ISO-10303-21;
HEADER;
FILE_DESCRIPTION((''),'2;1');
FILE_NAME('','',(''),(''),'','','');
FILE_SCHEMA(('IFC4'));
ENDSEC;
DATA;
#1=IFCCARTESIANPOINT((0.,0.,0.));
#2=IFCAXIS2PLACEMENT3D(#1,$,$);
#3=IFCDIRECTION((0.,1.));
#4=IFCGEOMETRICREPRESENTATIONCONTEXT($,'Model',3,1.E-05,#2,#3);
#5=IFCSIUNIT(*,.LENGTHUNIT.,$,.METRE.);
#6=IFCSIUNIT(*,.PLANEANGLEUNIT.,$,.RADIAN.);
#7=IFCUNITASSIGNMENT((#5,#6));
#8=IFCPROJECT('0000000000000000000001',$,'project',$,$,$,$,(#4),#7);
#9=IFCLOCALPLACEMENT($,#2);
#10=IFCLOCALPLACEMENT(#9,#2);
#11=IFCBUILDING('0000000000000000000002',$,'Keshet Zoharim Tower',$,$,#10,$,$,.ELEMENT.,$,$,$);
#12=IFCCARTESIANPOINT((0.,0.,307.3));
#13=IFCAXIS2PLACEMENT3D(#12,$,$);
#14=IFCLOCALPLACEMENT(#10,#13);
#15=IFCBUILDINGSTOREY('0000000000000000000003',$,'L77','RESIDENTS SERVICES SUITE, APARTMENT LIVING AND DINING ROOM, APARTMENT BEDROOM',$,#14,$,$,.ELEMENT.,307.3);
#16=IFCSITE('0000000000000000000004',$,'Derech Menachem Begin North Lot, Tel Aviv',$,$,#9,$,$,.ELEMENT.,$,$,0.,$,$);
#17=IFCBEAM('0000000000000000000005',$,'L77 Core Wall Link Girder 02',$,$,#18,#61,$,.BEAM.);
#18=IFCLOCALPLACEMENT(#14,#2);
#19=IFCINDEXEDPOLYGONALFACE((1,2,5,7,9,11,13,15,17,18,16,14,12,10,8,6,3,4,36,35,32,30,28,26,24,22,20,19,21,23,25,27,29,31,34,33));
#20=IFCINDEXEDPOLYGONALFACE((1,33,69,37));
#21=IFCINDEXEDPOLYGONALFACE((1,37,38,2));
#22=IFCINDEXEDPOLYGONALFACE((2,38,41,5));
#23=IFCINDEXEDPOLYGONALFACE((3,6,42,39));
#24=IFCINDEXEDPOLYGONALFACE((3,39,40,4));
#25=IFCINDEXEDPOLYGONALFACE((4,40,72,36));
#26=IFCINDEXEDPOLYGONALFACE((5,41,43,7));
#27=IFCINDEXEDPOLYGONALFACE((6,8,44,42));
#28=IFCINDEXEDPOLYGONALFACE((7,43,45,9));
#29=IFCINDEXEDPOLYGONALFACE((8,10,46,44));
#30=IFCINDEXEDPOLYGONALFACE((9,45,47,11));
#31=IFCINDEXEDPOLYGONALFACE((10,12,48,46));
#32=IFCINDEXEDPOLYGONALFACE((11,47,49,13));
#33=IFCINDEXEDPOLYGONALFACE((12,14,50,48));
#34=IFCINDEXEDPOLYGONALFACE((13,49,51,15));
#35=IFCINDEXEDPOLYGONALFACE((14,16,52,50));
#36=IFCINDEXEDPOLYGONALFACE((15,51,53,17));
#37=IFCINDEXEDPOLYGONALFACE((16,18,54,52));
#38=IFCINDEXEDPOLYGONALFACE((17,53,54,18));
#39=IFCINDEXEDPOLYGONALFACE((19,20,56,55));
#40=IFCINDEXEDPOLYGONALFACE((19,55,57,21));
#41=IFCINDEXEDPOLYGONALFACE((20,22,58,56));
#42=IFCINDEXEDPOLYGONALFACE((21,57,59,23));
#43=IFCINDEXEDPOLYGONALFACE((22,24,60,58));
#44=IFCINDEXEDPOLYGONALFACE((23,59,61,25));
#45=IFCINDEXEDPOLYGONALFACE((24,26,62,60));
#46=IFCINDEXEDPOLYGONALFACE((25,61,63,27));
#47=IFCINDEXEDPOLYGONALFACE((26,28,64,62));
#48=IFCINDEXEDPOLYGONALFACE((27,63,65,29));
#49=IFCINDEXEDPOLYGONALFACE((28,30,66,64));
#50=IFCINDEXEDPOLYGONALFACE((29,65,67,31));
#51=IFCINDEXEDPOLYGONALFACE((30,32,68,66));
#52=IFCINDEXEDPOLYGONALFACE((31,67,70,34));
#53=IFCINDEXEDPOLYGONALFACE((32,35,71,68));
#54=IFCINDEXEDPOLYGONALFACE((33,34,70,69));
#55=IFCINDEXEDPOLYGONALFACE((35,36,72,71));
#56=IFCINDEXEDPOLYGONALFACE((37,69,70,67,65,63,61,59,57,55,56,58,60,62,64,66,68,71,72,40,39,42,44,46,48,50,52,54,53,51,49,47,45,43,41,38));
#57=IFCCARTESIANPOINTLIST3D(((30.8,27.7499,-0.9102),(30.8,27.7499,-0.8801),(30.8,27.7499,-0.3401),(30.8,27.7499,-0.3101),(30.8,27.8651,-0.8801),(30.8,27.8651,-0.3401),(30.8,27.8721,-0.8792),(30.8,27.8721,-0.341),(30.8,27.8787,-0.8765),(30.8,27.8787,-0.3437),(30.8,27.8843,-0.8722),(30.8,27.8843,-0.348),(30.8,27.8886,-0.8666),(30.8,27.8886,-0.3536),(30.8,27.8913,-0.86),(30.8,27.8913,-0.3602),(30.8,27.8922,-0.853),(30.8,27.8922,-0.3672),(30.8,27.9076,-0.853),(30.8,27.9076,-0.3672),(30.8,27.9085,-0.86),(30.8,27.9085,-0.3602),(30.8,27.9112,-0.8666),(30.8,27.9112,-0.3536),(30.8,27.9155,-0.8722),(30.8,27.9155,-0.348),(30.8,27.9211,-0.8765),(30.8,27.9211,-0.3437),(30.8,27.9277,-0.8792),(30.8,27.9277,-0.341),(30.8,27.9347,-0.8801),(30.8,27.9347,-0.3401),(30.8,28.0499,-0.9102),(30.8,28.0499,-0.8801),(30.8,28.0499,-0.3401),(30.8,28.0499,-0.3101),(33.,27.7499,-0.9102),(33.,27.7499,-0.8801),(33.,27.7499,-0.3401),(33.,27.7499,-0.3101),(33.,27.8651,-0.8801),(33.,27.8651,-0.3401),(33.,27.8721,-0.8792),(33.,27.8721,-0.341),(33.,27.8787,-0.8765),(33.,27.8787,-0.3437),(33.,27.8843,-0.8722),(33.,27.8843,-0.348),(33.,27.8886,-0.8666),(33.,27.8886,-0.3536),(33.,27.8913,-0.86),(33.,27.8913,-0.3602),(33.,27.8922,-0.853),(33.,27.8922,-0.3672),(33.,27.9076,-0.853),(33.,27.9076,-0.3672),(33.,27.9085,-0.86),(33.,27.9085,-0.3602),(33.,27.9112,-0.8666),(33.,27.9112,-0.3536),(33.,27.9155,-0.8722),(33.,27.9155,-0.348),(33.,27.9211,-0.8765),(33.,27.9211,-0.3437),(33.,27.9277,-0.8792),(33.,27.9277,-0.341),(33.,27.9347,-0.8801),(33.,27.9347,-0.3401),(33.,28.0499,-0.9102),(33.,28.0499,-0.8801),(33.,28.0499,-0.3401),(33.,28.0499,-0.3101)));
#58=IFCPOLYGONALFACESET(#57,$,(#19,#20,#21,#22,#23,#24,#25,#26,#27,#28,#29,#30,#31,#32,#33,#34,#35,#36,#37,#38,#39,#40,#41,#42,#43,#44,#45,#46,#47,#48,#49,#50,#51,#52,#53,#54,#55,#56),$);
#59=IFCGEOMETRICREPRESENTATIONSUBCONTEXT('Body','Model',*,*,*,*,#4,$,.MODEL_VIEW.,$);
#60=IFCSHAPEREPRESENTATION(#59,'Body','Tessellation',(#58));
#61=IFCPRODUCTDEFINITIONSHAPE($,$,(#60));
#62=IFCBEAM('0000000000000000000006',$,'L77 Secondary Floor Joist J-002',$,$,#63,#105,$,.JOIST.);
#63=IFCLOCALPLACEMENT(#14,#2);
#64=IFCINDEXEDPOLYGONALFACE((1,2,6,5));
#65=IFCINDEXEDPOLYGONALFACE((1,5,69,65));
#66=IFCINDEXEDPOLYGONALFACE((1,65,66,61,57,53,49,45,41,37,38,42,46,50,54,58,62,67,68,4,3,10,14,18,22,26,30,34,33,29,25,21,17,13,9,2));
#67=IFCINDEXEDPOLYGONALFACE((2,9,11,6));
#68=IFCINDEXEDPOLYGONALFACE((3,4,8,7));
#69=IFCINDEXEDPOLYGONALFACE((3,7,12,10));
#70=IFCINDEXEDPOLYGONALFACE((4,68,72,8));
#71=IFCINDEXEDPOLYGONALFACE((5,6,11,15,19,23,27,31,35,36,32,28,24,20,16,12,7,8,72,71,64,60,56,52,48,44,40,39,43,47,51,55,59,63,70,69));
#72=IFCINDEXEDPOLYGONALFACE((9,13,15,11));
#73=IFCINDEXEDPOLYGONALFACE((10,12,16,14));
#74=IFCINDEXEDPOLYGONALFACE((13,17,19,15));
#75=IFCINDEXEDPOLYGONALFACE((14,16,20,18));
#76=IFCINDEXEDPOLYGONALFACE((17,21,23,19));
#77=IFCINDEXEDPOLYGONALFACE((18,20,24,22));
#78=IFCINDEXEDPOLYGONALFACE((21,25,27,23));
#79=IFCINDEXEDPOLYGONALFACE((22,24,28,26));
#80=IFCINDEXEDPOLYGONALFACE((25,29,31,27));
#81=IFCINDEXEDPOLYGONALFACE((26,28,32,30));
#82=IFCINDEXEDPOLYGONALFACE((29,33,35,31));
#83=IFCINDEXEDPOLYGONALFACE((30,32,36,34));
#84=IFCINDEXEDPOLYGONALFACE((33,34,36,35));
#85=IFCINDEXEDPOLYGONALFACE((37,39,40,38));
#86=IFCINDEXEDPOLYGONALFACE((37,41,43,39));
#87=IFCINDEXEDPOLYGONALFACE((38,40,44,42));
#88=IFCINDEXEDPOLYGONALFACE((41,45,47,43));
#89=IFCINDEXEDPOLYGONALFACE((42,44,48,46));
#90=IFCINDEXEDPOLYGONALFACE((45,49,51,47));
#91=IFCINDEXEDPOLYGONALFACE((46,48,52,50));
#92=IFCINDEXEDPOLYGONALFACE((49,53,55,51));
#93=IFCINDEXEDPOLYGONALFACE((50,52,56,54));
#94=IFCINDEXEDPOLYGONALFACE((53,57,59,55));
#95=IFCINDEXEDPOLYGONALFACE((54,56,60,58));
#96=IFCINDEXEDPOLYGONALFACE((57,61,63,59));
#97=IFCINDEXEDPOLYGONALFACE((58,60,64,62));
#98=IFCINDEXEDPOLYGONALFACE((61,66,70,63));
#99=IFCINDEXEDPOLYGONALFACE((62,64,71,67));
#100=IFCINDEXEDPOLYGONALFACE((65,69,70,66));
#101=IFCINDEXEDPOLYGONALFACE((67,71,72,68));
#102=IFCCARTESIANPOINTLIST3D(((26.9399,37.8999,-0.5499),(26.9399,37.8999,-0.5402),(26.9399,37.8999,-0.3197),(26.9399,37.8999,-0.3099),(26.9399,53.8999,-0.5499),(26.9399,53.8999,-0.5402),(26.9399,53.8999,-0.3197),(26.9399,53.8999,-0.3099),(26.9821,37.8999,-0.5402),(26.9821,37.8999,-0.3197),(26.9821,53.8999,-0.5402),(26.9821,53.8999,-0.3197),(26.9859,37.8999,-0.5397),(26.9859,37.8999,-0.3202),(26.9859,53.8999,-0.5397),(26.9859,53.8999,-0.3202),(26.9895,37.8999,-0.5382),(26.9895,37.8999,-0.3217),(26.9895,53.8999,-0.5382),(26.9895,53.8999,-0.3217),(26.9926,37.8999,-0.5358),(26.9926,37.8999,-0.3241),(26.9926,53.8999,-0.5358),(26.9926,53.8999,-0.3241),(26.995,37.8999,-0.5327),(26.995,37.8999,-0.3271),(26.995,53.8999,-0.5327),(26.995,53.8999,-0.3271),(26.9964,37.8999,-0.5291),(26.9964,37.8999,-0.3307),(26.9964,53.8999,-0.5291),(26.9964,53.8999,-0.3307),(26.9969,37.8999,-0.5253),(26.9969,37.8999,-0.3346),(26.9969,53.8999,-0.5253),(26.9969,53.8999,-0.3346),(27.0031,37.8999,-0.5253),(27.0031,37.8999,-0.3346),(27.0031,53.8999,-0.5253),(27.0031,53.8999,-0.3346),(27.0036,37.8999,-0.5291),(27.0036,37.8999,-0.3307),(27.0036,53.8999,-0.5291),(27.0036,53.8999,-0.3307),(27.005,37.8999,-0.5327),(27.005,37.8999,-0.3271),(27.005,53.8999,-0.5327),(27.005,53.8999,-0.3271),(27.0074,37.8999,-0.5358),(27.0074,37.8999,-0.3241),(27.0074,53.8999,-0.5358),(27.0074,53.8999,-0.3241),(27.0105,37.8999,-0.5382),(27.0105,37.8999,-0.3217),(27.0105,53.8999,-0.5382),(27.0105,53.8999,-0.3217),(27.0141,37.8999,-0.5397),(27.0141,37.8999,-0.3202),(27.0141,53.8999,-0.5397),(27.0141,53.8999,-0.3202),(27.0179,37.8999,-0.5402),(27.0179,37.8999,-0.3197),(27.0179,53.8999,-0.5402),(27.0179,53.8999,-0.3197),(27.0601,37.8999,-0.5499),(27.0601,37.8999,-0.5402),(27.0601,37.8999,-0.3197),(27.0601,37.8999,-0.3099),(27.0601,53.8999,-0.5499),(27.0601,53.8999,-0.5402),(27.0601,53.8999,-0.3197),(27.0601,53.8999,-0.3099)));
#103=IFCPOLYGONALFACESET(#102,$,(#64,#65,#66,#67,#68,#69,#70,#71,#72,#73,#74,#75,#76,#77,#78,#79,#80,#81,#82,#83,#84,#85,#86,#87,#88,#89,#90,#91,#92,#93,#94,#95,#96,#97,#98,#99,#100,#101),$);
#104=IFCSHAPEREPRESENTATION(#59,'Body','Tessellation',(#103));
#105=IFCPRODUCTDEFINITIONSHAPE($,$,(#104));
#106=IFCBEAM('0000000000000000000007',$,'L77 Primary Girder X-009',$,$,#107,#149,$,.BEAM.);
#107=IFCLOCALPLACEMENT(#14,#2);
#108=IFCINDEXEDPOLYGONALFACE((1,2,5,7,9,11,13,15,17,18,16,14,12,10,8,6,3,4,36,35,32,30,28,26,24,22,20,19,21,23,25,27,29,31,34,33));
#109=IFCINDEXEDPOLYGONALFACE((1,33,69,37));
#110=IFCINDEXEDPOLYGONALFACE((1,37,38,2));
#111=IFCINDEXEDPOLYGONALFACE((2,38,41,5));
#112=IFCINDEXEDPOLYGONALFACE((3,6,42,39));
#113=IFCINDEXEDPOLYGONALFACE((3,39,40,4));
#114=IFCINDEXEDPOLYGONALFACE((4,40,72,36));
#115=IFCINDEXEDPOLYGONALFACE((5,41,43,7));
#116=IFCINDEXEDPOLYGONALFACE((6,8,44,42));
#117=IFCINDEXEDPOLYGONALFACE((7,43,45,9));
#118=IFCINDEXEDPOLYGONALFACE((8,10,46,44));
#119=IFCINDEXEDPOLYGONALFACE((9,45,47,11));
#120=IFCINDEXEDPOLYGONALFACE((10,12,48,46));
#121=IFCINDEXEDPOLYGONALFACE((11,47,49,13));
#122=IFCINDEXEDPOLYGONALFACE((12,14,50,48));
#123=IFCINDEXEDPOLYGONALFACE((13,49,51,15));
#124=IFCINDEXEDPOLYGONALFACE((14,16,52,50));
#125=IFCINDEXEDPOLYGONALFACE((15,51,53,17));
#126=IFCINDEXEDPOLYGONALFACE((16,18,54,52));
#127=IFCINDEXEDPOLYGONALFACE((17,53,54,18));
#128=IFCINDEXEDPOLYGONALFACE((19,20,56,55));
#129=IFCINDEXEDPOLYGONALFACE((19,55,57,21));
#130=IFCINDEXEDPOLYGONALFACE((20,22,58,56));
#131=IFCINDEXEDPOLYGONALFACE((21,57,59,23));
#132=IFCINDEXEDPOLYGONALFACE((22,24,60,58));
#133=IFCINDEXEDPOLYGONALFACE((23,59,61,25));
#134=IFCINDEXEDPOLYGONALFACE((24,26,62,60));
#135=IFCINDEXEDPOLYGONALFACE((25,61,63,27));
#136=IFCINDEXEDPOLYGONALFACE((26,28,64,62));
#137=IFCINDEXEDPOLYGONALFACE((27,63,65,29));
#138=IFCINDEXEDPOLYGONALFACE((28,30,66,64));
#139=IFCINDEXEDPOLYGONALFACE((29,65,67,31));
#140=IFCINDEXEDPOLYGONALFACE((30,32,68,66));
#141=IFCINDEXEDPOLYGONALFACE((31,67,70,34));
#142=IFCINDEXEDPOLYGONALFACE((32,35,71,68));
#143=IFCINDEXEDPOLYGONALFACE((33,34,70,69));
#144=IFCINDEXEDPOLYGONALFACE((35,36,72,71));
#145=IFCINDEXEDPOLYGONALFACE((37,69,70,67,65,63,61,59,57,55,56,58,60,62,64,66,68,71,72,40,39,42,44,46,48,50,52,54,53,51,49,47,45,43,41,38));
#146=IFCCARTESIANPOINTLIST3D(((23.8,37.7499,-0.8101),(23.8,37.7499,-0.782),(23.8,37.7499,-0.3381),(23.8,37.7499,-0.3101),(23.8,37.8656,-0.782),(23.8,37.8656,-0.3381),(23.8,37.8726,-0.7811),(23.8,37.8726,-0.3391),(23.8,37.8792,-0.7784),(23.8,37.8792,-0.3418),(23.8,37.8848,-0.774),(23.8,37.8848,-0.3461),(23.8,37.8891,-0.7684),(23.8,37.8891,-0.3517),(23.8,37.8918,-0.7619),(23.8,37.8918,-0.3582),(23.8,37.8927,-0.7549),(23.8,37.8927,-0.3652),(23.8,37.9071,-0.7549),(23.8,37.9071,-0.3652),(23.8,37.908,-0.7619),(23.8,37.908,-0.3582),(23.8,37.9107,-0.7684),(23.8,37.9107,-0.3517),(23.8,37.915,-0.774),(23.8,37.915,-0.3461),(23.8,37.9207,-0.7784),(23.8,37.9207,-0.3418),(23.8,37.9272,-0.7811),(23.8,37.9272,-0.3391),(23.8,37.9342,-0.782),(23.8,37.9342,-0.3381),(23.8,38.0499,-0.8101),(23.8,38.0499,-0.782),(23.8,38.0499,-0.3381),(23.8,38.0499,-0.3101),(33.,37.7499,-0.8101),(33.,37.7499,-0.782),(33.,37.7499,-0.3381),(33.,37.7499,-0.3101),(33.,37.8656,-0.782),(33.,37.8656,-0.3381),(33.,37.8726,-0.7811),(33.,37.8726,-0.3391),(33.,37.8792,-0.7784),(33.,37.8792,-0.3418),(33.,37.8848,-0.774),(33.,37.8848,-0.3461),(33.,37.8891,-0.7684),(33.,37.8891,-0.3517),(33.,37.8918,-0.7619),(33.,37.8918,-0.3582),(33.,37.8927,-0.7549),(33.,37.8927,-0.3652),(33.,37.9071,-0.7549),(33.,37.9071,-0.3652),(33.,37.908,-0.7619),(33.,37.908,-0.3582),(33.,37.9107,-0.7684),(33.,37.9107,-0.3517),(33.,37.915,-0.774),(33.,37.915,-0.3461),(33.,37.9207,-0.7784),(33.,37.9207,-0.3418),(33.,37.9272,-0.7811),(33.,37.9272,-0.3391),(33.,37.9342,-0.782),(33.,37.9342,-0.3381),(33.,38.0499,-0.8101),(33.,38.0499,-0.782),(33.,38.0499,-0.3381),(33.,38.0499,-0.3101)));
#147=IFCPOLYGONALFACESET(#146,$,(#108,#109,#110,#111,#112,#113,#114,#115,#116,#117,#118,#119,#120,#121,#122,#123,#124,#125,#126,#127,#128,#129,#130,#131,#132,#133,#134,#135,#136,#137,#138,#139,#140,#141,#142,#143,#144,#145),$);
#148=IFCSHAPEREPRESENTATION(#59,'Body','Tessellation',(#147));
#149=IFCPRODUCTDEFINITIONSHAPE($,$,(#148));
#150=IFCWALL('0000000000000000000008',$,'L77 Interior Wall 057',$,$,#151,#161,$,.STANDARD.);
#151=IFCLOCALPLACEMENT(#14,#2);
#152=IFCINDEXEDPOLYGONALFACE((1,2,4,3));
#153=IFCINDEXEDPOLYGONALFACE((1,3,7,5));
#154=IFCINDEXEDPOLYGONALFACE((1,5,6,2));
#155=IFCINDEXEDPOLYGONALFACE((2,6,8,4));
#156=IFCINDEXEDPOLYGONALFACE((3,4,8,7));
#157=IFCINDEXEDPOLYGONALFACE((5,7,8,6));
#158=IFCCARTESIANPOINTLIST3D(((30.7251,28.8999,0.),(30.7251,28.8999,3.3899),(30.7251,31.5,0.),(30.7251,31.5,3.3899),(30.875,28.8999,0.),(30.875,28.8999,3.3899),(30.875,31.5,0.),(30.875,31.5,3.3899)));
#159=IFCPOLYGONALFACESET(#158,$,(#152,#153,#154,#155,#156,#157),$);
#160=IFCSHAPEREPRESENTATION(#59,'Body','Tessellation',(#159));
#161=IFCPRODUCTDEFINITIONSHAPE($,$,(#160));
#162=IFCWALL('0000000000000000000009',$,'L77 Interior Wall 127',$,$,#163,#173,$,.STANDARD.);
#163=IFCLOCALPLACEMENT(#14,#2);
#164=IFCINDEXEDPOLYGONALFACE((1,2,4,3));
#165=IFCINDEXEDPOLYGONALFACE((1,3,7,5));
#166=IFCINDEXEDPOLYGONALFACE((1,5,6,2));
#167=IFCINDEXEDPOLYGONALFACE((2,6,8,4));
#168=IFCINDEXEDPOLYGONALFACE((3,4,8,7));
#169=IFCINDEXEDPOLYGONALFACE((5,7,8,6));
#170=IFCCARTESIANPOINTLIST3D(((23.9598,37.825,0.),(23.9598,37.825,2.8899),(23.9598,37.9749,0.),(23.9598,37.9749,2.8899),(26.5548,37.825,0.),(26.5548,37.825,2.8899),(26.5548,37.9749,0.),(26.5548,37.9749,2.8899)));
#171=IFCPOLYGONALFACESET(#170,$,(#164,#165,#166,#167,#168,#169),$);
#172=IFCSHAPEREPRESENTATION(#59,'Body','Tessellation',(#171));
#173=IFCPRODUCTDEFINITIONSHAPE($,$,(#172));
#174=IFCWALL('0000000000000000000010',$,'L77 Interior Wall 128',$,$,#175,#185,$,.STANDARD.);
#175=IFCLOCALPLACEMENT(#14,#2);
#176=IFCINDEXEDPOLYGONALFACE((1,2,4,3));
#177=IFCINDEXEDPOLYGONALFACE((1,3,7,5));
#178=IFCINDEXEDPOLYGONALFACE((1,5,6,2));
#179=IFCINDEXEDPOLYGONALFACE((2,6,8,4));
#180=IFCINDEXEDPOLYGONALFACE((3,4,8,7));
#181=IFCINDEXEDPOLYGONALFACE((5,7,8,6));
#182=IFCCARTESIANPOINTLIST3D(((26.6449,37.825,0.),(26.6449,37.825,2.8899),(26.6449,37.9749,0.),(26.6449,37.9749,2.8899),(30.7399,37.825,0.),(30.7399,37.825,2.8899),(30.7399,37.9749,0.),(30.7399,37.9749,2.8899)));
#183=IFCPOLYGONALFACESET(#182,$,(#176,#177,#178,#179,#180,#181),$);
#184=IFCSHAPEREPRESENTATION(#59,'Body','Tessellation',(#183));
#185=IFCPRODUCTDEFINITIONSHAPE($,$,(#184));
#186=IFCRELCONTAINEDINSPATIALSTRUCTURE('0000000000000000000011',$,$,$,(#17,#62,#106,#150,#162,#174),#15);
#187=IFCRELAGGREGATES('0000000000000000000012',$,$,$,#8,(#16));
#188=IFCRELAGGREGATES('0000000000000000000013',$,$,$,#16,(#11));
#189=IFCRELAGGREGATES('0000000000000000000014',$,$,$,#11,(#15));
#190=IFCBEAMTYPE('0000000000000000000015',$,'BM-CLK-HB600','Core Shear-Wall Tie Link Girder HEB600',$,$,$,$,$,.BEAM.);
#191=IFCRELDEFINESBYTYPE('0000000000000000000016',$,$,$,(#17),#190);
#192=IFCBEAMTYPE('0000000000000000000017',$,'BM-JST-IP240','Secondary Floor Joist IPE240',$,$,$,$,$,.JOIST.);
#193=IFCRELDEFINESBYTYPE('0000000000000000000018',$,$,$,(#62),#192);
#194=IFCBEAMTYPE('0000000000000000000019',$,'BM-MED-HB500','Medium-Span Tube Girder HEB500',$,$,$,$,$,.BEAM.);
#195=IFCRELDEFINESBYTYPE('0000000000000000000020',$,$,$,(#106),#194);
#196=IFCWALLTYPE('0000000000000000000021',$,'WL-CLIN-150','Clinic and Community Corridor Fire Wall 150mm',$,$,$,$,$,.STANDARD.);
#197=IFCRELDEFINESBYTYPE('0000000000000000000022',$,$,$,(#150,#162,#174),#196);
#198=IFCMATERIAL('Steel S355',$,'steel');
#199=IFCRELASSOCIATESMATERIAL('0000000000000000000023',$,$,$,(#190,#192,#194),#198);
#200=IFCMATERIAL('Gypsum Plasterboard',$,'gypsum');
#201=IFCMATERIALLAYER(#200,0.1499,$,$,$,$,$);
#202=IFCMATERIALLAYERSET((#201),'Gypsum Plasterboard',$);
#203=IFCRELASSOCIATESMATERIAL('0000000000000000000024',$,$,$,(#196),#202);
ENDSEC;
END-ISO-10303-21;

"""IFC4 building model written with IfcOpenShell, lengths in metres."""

from ifc_helpers import new_model, si_unit, direction, frame, frame_2d, origin, origin_2d, place, context, subcontext, project, spatial, rectangle, i_section, extrude, material, layer, layer_set, material_profile, profile_set, type_object, element, save


model = new_model("IFC4")

# Units and contexts
model_context = context("Model", 3, precision=1e-05, world=origin(), true_north=direction((0.0, 1.0)))
body_context = subcontext(model_context, "Body", "Model", "MODEL_VIEW")
ifc_project = project(units=[si_unit("LENGTHUNIT", "METRE"), si_unit("PLANEANGLEUNIT", "RADIAN")], contexts=[model_context])

# Site, building, storey
site_placement = place(None, origin())
site = spatial("IfcSite", under=ifc_project, at=site_placement, Name="Derech Menachem Begin North Lot, Tel Aviv", CompositionType="ELEMENT", RefElevation=0.0)
building_placement = place(site_placement, origin())
building = spatial("IfcBuilding", under=site, at=building_placement, Name="Keshet Zoharim Tower", CompositionType="ELEMENT")
storey_placement = place(building_placement, frame((0.0, 0.0, 307.3)))
storey = spatial("IfcBuildingStorey", under=building, at=storey_placement, Name="L77", Description="RESIDENTS SERVICES SUITE, APARTMENT LIVING AND DINING ROOM, APARTMENT BEDROOM", CompositionType="ELEMENT", Elevation=307.3)

# Beams
ifc_material_1 = material(Name="Steel S355", Category="steel")
ifc_material_profile_1 = material_profile(ifc_material_1, i_section(OverallWidth=0.3, OverallDepth=0.6001, WebThickness=0.0154, FlangeThickness=0.03, FilletRadius=0.0271, at=origin_2d()), Name="HEB600")
ifc_profile_set_1 = profile_set([ifc_material_profile_1], Name="Steel S355")
beam_type_1 = type_object("IfcBeamType", Name="BM-CLK-HB600", Description="Core Shear-Wall Tie Link Girder HEB600", PredefinedType="BEAM", material=ifc_profile_set_1)
beam_1_placement = place(storey_placement, frame((30.8, 27.8999, -0.6101), z_axis=(1.0, 0.0, 0.0), x_axis=(0.0, 1.0, 0.0)))
element("IfcBeam", 1, at=beam_1_placement, inside=storey, type_object=beam_type_1, Name="L77 Core Wall Link Girder 02", PredefinedType="BEAM", context=body_context, shape_type="SweptSolid", body=[
    extrude(i_section(OverallWidth=0.3, OverallDepth=0.6001, WebThickness=0.0154, FlangeThickness=0.03, FilletRadius=0.0271, at=origin_2d()), origin(), (0.0, 0.0, 1.0), 2.2),
])
ifc_material_profile_2 = material_profile(ifc_material_1, i_section(OverallWidth=0.1201, OverallDepth=0.24, WebThickness=0.0061, FlangeThickness=0.0098, FilletRadius=0.0149, at=origin_2d()), Name="IPE240")
ifc_profile_set_2 = profile_set([ifc_material_profile_2], Name="Steel S355")
beam_type_2 = type_object("IfcBeamType", Name="BM-JST-IP240", Description="Secondary Floor Joist IPE240", PredefinedType="JOIST", material=ifc_profile_set_2)
beam_2_placement = place(storey_placement, frame((27.0, 37.8999, -0.4299), z_axis=(0.0, 1.0, 0.0), x_axis=(-1.0, 0.0, 0.0)))
element("IfcBeam", 2, at=beam_2_placement, inside=storey, type_object=beam_type_2, Name="L77 Secondary Floor Joist J-002", PredefinedType="JOIST", context=body_context, shape_type="SweptSolid", body=[
    extrude(i_section(OverallWidth=0.1201, OverallDepth=0.24, WebThickness=0.0061, FlangeThickness=0.0098, FilletRadius=0.0149, at=origin_2d()), origin(), (0.0, 0.0, 1.0), 16.0),
])
ifc_material_profile_3 = material_profile(ifc_material_1, i_section(OverallWidth=0.3, OverallDepth=0.5, WebThickness=0.0144, FlangeThickness=0.0281, FilletRadius=0.0271, at=origin_2d()), Name="HEB500")
ifc_profile_set_3 = profile_set([ifc_material_profile_3], Name="Steel S355")
beam_type_3 = type_object("IfcBeamType", Name="BM-MED-HB500", Description="Medium-Span Tube Girder HEB500", PredefinedType="BEAM", material=ifc_profile_set_3)
beam_3_placement = place(storey_placement, frame((23.8, 37.8999, -0.5601), z_axis=(1.0, 0.0, 0.0), x_axis=(0.0, 1.0, 0.0)))
element("IfcBeam", 3, at=beam_3_placement, inside=storey, type_object=beam_type_3, Name="L77 Primary Girder X-009", PredefinedType="BEAM", context=body_context, shape_type="SweptSolid", body=[
    extrude(i_section(OverallWidth=0.3, OverallDepth=0.5, WebThickness=0.0144, FlangeThickness=0.0281, FilletRadius=0.0271, at=origin_2d()), origin(), (0.0, 0.0, 1.0), 9.2),
])

# Walls
ifc_material_2 = material(Name="Gypsum Plasterboard", Category="gypsum")
ifc_layer_1 = layer(ifc_material_2, 0.1499)
ifc_layer_set_1 = layer_set([ifc_layer_1], Name="Gypsum Plasterboard")
wall_type_1 = type_object("IfcWallType", Name="WL-CLIN-150", Description="Clinic and Community Corridor Fire Wall 150mm", PredefinedType="STANDARD", material=ifc_layer_set_1)
wall_1_placement = place(storey_placement, frame((30.8, 28.8999, 0.0), z_axis=(0.0, 0.0, 1.0), x_axis=(0.0, 1.0, 0.0)))
element("IfcWall", 4, at=wall_1_placement, inside=storey, type_object=wall_type_1, Name="L77 Interior Wall 057", PredefinedType="STANDARD", context=body_context, shape_type="SweptSolid", body=[
    extrude(rectangle(XDim=2.6001, YDim=0.1499, at=frame_2d((1.3, 0.0))), origin(), (0.0, 0.0, 1.0), 3.3899),
])
wall_2_placement = place(storey_placement, frame((23.96, 37.8999, 0.0), z_axis=(0.0, 0.0, 1.0), x_axis=(1.0, 0.0, 0.0)))
element("IfcWall", 5, at=wall_2_placement, inside=storey, type_object=wall_type_1, Name="L77 Interior Wall 127", PredefinedType="STANDARD", context=body_context, shape_type="SweptSolid", body=[
    extrude(rectangle(XDim=2.595, YDim=0.1499, at=frame_2d((1.2974, 0.0))), origin(), (0.0, 0.0, 1.0), 2.8899),
])
wall_3_placement = place(storey_placement, frame((26.645, 37.8999, 0.0), z_axis=(0.0, 0.0, 1.0), x_axis=(1.0, 0.0, 0.0)))
element("IfcWall", 6, at=wall_3_placement, inside=storey, type_object=wall_type_1, Name="L77 Interior Wall 128", PredefinedType="STANDARD", context=body_context, shape_type="SweptSolid", body=[
    extrude(rectangle(XDim=4.095, YDim=0.1499, at=frame_2d((2.0474, 0.0))), origin(), (0.0, 0.0, 1.0), 2.8899),
])

save(model, "model.ifc")
